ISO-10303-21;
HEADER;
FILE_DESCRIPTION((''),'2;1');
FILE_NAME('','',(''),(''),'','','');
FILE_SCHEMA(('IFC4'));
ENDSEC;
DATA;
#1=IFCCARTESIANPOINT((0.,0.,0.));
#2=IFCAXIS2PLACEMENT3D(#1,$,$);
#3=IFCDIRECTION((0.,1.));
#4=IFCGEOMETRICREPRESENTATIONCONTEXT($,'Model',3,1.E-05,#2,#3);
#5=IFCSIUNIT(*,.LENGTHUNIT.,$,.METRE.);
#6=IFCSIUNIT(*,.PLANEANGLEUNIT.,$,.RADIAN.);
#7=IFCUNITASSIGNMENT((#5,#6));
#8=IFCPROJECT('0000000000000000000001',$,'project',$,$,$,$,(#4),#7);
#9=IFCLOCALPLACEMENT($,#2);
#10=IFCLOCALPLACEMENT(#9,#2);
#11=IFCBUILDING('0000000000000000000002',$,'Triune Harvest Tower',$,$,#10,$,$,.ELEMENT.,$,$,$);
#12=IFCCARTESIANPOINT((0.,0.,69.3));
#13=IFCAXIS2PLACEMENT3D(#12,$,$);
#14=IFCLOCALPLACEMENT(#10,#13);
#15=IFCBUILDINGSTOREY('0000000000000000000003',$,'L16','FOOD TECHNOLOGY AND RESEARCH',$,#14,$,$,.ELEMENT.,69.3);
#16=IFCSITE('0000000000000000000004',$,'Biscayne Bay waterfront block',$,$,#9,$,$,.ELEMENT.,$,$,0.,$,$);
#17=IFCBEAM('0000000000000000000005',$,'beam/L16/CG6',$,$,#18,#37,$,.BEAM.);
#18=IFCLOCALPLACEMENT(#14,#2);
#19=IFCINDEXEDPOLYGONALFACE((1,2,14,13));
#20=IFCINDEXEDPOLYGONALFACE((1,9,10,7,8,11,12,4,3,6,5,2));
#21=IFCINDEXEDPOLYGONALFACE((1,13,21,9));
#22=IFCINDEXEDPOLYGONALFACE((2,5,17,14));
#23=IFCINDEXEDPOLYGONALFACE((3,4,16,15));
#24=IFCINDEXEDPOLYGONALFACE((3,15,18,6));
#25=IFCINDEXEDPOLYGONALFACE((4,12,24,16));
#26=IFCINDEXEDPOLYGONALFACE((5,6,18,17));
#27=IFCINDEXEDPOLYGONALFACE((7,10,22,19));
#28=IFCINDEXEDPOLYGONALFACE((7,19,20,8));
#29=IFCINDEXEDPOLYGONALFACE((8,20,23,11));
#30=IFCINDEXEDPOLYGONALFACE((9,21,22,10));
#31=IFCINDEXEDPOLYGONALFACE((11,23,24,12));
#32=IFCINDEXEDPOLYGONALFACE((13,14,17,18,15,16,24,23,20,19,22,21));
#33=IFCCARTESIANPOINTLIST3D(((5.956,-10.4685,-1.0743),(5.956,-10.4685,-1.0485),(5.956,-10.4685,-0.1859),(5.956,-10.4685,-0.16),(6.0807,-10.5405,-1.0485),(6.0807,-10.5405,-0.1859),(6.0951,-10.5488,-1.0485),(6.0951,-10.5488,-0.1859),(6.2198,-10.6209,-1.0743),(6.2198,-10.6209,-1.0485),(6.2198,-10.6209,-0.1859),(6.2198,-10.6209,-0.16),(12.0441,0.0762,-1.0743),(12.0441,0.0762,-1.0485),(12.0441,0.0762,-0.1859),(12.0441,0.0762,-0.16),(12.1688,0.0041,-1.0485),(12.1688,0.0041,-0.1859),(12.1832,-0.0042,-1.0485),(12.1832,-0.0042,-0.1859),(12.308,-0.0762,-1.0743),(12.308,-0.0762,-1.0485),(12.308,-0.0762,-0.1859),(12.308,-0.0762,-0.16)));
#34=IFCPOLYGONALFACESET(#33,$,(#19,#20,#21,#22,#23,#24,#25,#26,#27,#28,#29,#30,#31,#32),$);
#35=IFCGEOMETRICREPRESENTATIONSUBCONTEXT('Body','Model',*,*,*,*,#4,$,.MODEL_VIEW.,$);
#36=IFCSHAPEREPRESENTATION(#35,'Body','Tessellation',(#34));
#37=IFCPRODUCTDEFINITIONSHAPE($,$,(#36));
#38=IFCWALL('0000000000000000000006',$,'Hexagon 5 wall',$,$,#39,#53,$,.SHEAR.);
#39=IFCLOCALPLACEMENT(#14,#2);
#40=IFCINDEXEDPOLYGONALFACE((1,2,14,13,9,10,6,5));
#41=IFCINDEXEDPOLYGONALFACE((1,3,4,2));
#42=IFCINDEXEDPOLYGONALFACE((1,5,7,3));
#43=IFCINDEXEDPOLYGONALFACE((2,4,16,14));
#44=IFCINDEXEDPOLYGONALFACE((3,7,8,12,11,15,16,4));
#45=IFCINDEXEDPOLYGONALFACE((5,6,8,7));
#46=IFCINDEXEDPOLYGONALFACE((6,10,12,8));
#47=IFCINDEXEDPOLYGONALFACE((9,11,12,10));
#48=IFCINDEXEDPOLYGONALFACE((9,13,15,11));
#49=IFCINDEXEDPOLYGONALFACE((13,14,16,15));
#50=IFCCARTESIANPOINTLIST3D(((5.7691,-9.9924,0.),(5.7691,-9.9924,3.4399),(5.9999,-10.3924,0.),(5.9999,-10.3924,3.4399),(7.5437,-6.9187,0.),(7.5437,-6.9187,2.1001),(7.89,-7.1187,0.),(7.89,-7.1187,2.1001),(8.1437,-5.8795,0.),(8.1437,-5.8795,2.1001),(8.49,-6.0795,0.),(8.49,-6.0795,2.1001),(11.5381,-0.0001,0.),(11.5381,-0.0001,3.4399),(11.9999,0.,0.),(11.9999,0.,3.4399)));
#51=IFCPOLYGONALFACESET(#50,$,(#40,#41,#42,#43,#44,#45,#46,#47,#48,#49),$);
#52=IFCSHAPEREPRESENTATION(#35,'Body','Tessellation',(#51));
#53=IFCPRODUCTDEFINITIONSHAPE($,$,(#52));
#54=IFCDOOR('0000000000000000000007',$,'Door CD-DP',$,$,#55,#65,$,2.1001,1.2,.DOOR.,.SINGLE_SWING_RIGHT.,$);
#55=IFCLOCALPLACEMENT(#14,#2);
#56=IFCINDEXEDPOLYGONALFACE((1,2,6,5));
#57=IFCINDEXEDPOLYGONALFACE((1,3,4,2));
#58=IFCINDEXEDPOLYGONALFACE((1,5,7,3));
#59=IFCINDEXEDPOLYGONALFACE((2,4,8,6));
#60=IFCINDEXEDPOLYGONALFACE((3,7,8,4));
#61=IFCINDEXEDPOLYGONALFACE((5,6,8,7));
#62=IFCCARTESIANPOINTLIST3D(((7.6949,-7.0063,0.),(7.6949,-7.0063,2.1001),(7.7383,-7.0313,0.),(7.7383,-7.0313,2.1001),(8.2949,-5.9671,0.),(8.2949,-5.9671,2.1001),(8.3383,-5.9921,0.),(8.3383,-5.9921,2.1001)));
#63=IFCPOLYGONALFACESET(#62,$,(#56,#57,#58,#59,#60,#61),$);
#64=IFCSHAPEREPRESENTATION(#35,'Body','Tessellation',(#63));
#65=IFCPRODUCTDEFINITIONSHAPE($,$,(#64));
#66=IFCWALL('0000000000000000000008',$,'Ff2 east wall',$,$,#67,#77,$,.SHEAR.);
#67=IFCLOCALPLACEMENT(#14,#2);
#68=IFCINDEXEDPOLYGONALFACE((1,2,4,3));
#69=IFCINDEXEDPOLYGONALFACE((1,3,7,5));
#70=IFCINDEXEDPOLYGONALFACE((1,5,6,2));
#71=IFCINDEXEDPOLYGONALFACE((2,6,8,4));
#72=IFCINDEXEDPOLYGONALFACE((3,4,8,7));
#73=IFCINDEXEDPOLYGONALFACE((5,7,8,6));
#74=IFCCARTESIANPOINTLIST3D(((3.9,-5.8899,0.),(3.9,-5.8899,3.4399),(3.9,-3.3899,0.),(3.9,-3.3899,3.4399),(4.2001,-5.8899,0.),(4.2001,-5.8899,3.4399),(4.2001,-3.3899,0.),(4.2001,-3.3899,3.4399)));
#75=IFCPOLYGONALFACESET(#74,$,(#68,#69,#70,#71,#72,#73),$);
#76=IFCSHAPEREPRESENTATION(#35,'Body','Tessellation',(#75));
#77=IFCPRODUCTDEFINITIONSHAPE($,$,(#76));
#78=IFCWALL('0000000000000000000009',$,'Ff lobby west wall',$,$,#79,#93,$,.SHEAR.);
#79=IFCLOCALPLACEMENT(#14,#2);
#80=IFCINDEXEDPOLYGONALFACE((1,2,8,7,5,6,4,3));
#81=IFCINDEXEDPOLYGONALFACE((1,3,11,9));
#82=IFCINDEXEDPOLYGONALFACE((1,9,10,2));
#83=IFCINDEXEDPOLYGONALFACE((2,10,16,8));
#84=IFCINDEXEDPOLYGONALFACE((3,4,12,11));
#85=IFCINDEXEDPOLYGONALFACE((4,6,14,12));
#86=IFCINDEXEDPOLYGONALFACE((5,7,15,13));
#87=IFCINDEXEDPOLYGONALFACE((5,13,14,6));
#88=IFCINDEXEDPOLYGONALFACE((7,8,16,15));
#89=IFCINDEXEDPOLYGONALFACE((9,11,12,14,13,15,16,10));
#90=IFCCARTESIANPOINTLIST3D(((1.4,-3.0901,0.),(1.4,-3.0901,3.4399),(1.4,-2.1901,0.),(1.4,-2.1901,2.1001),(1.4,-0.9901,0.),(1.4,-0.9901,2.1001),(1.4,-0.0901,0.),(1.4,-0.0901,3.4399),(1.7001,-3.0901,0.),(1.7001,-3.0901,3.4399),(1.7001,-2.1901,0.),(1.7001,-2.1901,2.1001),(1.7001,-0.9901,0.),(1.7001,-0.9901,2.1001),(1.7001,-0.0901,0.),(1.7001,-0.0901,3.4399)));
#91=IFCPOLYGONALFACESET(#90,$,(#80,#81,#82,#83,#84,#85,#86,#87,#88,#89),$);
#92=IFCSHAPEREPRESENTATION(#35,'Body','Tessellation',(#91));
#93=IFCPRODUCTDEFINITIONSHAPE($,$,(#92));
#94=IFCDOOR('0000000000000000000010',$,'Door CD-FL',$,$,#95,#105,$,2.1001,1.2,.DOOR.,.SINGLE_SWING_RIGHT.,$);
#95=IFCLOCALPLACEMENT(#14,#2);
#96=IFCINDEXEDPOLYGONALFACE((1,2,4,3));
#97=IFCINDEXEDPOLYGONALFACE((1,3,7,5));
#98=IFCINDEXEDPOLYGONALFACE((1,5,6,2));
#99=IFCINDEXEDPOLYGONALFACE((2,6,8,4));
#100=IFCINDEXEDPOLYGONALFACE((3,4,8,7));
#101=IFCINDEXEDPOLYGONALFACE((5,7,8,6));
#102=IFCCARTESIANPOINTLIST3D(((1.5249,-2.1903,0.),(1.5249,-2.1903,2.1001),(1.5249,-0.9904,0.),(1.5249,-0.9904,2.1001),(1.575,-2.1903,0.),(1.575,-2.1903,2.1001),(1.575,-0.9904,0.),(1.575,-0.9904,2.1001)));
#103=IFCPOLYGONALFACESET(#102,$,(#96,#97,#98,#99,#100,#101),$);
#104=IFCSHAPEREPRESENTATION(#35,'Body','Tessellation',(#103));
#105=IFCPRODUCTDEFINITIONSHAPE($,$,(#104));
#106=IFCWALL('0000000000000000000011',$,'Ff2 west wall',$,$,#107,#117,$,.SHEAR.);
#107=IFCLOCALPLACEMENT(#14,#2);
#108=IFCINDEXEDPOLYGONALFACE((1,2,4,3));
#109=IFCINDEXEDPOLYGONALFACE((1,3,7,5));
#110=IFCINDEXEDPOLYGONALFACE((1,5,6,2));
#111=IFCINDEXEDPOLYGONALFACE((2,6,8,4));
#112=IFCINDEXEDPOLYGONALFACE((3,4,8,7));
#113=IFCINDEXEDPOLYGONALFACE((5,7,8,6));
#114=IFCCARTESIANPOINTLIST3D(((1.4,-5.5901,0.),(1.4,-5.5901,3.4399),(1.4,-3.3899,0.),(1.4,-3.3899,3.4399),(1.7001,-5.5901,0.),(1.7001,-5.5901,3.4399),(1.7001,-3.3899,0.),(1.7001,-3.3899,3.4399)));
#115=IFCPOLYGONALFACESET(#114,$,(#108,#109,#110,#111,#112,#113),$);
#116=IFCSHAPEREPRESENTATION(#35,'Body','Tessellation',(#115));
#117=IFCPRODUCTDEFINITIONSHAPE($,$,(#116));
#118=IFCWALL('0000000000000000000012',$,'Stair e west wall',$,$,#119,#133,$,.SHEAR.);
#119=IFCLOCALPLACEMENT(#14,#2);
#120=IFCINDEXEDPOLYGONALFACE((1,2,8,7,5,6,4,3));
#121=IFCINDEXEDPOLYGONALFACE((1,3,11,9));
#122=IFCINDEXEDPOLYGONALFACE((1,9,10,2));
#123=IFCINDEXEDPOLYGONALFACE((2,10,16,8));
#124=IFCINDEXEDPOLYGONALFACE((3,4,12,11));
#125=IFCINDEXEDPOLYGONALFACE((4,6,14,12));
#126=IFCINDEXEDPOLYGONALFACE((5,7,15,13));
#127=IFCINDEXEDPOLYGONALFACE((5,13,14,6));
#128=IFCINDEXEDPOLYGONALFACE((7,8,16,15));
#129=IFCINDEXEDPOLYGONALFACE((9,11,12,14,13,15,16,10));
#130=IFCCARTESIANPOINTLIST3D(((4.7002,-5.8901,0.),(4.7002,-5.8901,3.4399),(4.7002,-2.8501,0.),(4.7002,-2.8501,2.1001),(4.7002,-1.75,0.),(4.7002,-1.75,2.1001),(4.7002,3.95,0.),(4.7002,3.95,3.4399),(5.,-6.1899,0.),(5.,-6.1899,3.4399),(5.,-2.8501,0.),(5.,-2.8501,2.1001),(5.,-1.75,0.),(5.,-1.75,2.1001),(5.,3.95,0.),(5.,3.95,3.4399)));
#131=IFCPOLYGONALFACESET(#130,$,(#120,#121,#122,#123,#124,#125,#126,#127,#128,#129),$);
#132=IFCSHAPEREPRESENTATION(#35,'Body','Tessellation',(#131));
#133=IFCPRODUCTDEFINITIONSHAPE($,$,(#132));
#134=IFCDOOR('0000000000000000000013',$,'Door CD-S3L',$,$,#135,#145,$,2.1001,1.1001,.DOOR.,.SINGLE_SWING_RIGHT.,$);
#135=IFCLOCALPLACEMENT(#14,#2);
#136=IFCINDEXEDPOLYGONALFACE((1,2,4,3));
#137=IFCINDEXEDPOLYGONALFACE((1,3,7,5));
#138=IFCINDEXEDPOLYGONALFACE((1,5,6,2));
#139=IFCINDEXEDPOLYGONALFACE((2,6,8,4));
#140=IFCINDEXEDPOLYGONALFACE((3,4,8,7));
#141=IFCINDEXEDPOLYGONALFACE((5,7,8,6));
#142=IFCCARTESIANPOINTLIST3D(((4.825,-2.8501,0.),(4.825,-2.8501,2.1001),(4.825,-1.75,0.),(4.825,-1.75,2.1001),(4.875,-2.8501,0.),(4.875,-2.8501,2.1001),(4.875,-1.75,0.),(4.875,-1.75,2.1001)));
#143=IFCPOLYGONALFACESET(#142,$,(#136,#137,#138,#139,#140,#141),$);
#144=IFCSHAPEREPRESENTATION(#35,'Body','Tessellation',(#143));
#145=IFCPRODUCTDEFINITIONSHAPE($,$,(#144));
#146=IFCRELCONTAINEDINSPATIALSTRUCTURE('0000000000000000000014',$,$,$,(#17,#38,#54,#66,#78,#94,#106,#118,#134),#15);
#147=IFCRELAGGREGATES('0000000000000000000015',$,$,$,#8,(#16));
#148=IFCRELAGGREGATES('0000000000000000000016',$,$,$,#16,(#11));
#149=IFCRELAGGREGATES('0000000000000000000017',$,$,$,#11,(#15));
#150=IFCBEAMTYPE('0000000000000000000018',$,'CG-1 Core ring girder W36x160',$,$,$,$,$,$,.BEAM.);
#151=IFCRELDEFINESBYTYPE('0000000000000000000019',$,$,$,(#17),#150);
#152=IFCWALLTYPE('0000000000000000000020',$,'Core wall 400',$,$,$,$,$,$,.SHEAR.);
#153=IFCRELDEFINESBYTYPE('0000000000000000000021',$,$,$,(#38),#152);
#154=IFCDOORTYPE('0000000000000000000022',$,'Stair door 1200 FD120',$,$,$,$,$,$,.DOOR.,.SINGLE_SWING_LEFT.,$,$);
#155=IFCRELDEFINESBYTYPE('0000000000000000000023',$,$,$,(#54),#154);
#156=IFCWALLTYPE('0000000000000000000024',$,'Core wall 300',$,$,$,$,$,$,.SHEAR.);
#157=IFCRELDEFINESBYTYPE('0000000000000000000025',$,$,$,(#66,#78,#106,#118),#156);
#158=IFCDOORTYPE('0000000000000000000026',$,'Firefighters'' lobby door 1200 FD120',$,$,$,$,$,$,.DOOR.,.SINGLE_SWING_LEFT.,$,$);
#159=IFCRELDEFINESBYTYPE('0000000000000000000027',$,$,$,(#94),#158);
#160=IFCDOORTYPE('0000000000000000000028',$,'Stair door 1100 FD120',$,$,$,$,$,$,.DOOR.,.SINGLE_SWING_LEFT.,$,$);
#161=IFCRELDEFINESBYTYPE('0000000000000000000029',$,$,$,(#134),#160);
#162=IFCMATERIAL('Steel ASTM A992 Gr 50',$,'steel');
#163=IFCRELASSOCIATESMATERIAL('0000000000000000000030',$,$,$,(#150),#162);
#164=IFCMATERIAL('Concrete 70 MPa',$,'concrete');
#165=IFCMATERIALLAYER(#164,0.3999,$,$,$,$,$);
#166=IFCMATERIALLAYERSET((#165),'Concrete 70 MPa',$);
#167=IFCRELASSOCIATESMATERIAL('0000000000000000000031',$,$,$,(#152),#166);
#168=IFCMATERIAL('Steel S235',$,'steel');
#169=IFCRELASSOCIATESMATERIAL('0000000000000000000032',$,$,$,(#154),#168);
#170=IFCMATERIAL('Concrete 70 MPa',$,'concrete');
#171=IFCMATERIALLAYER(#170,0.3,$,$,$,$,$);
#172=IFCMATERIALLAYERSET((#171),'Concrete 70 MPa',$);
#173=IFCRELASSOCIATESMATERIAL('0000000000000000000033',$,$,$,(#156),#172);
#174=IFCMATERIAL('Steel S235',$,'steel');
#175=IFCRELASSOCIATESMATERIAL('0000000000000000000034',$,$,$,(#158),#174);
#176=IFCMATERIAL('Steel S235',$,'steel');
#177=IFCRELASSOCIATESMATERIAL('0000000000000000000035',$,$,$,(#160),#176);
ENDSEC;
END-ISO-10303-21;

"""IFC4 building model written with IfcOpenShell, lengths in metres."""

from ifc_helpers import new_model, si_unit, direction, frame, frame_2d, origin, origin_2d, place, context, subcontext, project, spatial, polyline, rectangle, i_section, outline, extrude, source, transform, mapped, material, layer, layer_set, material_profile, profile_set, type_object, element, fill, save


model = new_model("IFC4")

# Units and contexts
model_context = context("Model", 3, precision=1e-05, world=origin(), true_north=direction((0.0, 1.0)))
body_context = subcontext(model_context, "Body", "Model", "MODEL_VIEW")
ifc_project = project(units=[si_unit("LENGTHUNIT", "METRE"), si_unit("PLANEANGLEUNIT", "RADIAN")], contexts=[model_context])

# Site, building, storey
site_placement = place(None, origin())
site = spatial("IfcSite", under=ifc_project, at=site_placement, Name="Biscayne Bay waterfront block", CompositionType="ELEMENT", RefElevation=0.0)
building_placement = place(site_placement, origin())
building = spatial("IfcBuilding", under=site, at=building_placement, Name="Triune Harvest Tower", CompositionType="ELEMENT")
storey_placement = place(building_placement, frame((0.0, 0.0, 69.3)))
storey = spatial("IfcBuildingStorey", under=building, at=storey_placement, Name="L16", Description="FOOD TECHNOLOGY AND RESEARCH", CompositionType="ELEMENT", Elevation=69.3)

# Beam
ifc_material_1 = material(Name="Steel ASTM A992 Gr 50", Category="steel")
ifc_material_profile = material_profile(ifc_material_1, i_section(OverallWidth=0.3047, OverallDepth=0.9143, WebThickness=0.0166, FlangeThickness=0.0259, at=origin_2d()), Name="W36x160")
ifc_profile_set = profile_set([ifc_material_profile], Name="Steel ASTM A992 Gr 50")
beam_type = type_object("IfcBeamType", Name="CG-1 Core ring girder W36x160", PredefinedType="BEAM", material=ifc_profile_set)
shared_shape_1 = source(origin(), body_context, "Body", "SweptSolid", [
    extrude(i_section(OverallWidth=0.3047, OverallDepth=0.9143, WebThickness=0.0166, FlangeThickness=0.0259, at=origin_2d()), origin(), (0.0, 0.0, 1.0), 12.176),
])
beam_placement = place(storey_placement, frame((6.0879, -10.5447, -0.6172), z_axis=(0.50001, 0.86602, 0.0), x_axis=(-0.86602, 0.50001, 0.0)))
element("IfcBeam", 1, at=beam_placement, inside=storey, type_object=beam_type, Name="beam/L16/CG6", PredefinedType="BEAM", context=body_context, shape_type="MappedRepresentation", body=[
    mapped(shared_shape_1, transform((0.0, 0.0, 0.0), scale=1.0)),
])

# Wall, opening, door
ifc_material_2 = material(Name="Concrete 70 MPa", Category="concrete")
ifc_layer_1 = layer(ifc_material_2, 0.3999)
ifc_layer_set_1 = layer_set([ifc_layer_1], Name="Concrete 70 MPa")
wall_type_1 = type_object("IfcWallType", Name="Core wall 400", PredefinedType="SHEAR", material=ifc_layer_set_1)
shared_shape_2 = source(origin(), body_context, "Body", "SweptSolid", [
    extrude(outline(polyline([(-0.1155, -0.2), (11.8845, -0.2), (11.6536, 0.2), (0.1155, 0.2), (-0.1155, -0.2)])), origin(), (0.0, 0.0, 1.0), 3.4399),
])
wall_1_placement = place(storey_placement, frame((5.8845, -10.1924, 0.0), z_axis=(0.0, 0.0, 1.0), x_axis=(0.499997, 0.866027, 0.0)))
wall_1 = element("IfcWall", 2, at=wall_1_placement, inside=storey, type_object=wall_type_1, Name="Hexagon 5 wall", PredefinedType="SHEAR", context=body_context, shape_type="MappedRepresentation", body=[
    mapped(shared_shape_2, transform((0.0, 0.0, 0.0), scale=1.0)),
])
opening_1_placement = place(wall_1_placement, frame((3.6646, 0.0, 0.0)))
opening_1 = element("IfcOpeningElement", 3, at=opening_1_placement, cuts=wall_1, PredefinedType="OPENING", context=body_context, shape_type="SweptSolid", body=[
    extrude(rectangle(XDim=1.2, YDim=2.1001, at=frame_2d((0.6001, 1.05))), frame((0.0, 0.21, 0.0), z_axis=(0.0, -1.0, 0.0), x_axis=(1.0, 0.0, 0.0)), (0.0, 0.0, 1.0), 0.4199),
])
ifc_material_3 = material(Name="Steel S235", Category="steel")
door_type_1 = type_object("IfcDoorType", Name="Stair door 1200 FD120", OperationType="SINGLE_SWING_LEFT", PredefinedType="DOOR", material=ifc_material_3)
door_1_placement = place(opening_1_placement, frame((1.2, 0.0, 0.0), z_axis=(0.0, 0.0, 1.0), x_axis=(-1.0, 0.0, 0.0)))
door_1 = element("IfcDoor", 4, at=door_1_placement, inside=storey, type_object=door_type_1, Name="Door CD-DP", OperationType="SINGLE_SWING_RIGHT", OverallHeight=2.1001, OverallWidth=1.2, PredefinedType="DOOR", context=body_context, shape_type="SweptSolid", body=[
    extrude(rectangle(XDim=1.2, YDim=2.1001, at=frame_2d((0.6001, 1.05))), frame((0.0, 0.0249, 0.0), z_axis=(0.0, -1.0, 0.0), x_axis=(1.0, 0.0, 0.0)), (0.0, 0.0, 1.0), 0.05),
])
fill(opening_1, door_1)

# Wall
ifc_material_4 = material(Name="Concrete 70 MPa", Category="concrete")
ifc_layer_2 = layer(ifc_material_4, 0.3)
ifc_layer_set_2 = layer_set([ifc_layer_2], Name="Concrete 70 MPa")
wall_type_2 = type_object("IfcWallType", Name="Core wall 300", PredefinedType="SHEAR", material=ifc_layer_set_2)
shared_shape_3 = source(origin(), body_context, "Body", "SweptSolid", [
    extrude(rectangle(XDim=2.5, YDim=0.3, at=frame_2d((1.25, 0.0))), origin(), (0.0, 0.0, 1.0), 3.4399),
])
wall_2_placement = place(storey_placement, frame((4.05, -5.8899, 0.0), z_axis=(0.0, 0.0, 1.0), x_axis=(0.0, 1.0, 0.0)))
element("IfcWall", 5, at=wall_2_placement, inside=storey, type_object=wall_type_2, Name="Ff2 east wall", PredefinedType="SHEAR", context=body_context, shape_type="MappedRepresentation", body=[
    mapped(shared_shape_3, transform((0.0, 0.0, 0.0), scale=1.0)),
])

# Wall, opening, door
shared_shape_4 = source(origin(), body_context, "Body", "SweptSolid", [
    extrude(rectangle(XDim=3.0, YDim=0.3, at=frame_2d((1.5, 0.0))), origin(), (0.0, 0.0, 1.0), 3.4399),
])
wall_3_placement = place(storey_placement, frame((1.55, -3.0901, 0.0), z_axis=(0.0, 0.0, 1.0), x_axis=(0.0, 1.0, 0.0)))
wall_3 = element("IfcWall", 6, at=wall_3_placement, inside=storey, type_object=wall_type_2, Name="Ff lobby west wall", PredefinedType="SHEAR", context=body_context, shape_type="MappedRepresentation", body=[
    mapped(shared_shape_4, transform((0.0, 0.0, 0.0), scale=1.0)),
])
opening_2_placement = place(wall_3_placement, frame((0.8999, 0.0, 0.0)))
opening_2 = element("IfcOpeningElement", 7, at=opening_2_placement, cuts=wall_3, PredefinedType="OPENING", context=body_context, shape_type="SweptSolid", body=[
    extrude(rectangle(XDim=1.2, YDim=2.1001, at=frame_2d((0.6001, 1.05))), frame((0.0, 0.1602, 0.0), z_axis=(0.0, -1.0, 0.0), x_axis=(1.0, 0.0, 0.0)), (0.0, 0.0, 1.0), 0.3201),
])
ifc_material_5 = material(Name="Steel S235", Category="steel")
door_type_2 = type_object("IfcDoorType", Name="Firefighters' lobby door 1200 FD120", OperationType="SINGLE_SWING_LEFT", PredefinedType="DOOR", material=ifc_material_5)
door_2_placement = place(opening_2_placement, frame((1.2, 0.0, 0.0), z_axis=(0.0, 0.0, 1.0), x_axis=(-1.0, 0.0, 0.0)))
door_2 = element("IfcDoor", 8, at=door_2_placement, inside=storey, type_object=door_type_2, Name="Door CD-FL", OperationType="SINGLE_SWING_RIGHT", OverallHeight=2.1001, OverallWidth=1.2, PredefinedType="DOOR", context=body_context, shape_type="SweptSolid", body=[
    extrude(rectangle(XDim=1.2, YDim=2.1001, at=frame_2d((0.6001, 1.05))), frame((0.0, 0.0249, 0.0), z_axis=(0.0, -1.0, 0.0), x_axis=(1.0, 0.0, 0.0)), (0.0, 0.0, 1.0), 0.05),
])
fill(opening_2, door_2)

# Wall
shared_shape_5 = source(origin(), body_context, "Body", "SweptSolid", [
    extrude(rectangle(XDim=2.2002, YDim=0.3, at=frame_2d((1.1001, 0.0))), origin(), (0.0, 0.0, 1.0), 3.4399),
])
wall_4_placement = place(storey_placement, frame((1.55, -5.5901, 0.0), z_axis=(0.0, 0.0, 1.0), x_axis=(0.0, 1.0, 0.0)))
element("IfcWall", 9, at=wall_4_placement, inside=storey, type_object=wall_type_2, Name="Ff2 west wall", PredefinedType="SHEAR", context=body_context, shape_type="MappedRepresentation", body=[
    mapped(shared_shape_5, transform((0.0, 0.0, 0.0), scale=1.0)),
])

# Wall, opening, door
shared_shape_6 = source(origin(), body_context, "Body", "SweptSolid", [
    extrude(outline(polyline([(-0.1499, -0.1499), (9.99, -0.1499), (9.99, 0.1499), (0.1499, 0.1499), (-0.1499, -0.1499)])), origin(), (0.0, 0.0, 1.0), 3.4399),
])
wall_5_placement = place(storey_placement, frame((4.8501, -6.04, 0.0), z_axis=(0.0, 0.0, 1.0), x_axis=(0.0, 1.0, 0.0)))
wall_5 = element("IfcWall", 10, at=wall_5_placement, inside=storey, type_object=wall_type_2, Name="Stair e west wall", PredefinedType="SHEAR", context=body_context, shape_type="MappedRepresentation", body=[
    mapped(shared_shape_6, transform((0.0, 0.0, 0.0), scale=1.0)),
])
opening_3_placement = place(wall_5_placement, frame((3.1899, 0.0, 0.0)))
opening_3 = element("IfcOpeningElement", 11, at=opening_3_placement, cuts=wall_5, PredefinedType="OPENING", context=body_context, shape_type="SweptSolid", body=[
    extrude(rectangle(XDim=1.1001, YDim=2.1001, at=frame_2d((0.55, 1.05))), frame((0.0, 0.1602, 0.0), z_axis=(0.0, -1.0, 0.0), x_axis=(1.0, 0.0, 0.0)), (0.0, 0.0, 1.0), 0.3201),
])
ifc_material_6 = material(Name="Steel S235", Category="steel")
door_type_3 = type_object("IfcDoorType", Name="Stair door 1100 FD120", OperationType="SINGLE_SWING_LEFT", PredefinedType="DOOR", material=ifc_material_6)
door_3_placement = place(opening_3_placement, frame((1.1001, 0.0, 0.0), z_axis=(0.0, 0.0, 1.0), x_axis=(-1.0, 0.0, 0.0)))
door_3 = element("IfcDoor", 12, at=door_3_placement, inside=storey, type_object=door_type_3, Name="Door CD-S3L", OperationType="SINGLE_SWING_RIGHT", OverallHeight=2.1001, OverallWidth=1.1001, PredefinedType="DOOR", context=body_context, shape_type="SweptSolid", body=[
    extrude(rectangle(XDim=1.1001, YDim=2.1001, at=frame_2d((0.55, 1.05))), frame((0.0, 0.0249, 0.0), z_axis=(0.0, -1.0, 0.0), x_axis=(1.0, 0.0, 0.0)), (0.0, 0.0, 1.0), 0.05),
])
fill(opening_3, door_3)

save(model, "model.ifc")
